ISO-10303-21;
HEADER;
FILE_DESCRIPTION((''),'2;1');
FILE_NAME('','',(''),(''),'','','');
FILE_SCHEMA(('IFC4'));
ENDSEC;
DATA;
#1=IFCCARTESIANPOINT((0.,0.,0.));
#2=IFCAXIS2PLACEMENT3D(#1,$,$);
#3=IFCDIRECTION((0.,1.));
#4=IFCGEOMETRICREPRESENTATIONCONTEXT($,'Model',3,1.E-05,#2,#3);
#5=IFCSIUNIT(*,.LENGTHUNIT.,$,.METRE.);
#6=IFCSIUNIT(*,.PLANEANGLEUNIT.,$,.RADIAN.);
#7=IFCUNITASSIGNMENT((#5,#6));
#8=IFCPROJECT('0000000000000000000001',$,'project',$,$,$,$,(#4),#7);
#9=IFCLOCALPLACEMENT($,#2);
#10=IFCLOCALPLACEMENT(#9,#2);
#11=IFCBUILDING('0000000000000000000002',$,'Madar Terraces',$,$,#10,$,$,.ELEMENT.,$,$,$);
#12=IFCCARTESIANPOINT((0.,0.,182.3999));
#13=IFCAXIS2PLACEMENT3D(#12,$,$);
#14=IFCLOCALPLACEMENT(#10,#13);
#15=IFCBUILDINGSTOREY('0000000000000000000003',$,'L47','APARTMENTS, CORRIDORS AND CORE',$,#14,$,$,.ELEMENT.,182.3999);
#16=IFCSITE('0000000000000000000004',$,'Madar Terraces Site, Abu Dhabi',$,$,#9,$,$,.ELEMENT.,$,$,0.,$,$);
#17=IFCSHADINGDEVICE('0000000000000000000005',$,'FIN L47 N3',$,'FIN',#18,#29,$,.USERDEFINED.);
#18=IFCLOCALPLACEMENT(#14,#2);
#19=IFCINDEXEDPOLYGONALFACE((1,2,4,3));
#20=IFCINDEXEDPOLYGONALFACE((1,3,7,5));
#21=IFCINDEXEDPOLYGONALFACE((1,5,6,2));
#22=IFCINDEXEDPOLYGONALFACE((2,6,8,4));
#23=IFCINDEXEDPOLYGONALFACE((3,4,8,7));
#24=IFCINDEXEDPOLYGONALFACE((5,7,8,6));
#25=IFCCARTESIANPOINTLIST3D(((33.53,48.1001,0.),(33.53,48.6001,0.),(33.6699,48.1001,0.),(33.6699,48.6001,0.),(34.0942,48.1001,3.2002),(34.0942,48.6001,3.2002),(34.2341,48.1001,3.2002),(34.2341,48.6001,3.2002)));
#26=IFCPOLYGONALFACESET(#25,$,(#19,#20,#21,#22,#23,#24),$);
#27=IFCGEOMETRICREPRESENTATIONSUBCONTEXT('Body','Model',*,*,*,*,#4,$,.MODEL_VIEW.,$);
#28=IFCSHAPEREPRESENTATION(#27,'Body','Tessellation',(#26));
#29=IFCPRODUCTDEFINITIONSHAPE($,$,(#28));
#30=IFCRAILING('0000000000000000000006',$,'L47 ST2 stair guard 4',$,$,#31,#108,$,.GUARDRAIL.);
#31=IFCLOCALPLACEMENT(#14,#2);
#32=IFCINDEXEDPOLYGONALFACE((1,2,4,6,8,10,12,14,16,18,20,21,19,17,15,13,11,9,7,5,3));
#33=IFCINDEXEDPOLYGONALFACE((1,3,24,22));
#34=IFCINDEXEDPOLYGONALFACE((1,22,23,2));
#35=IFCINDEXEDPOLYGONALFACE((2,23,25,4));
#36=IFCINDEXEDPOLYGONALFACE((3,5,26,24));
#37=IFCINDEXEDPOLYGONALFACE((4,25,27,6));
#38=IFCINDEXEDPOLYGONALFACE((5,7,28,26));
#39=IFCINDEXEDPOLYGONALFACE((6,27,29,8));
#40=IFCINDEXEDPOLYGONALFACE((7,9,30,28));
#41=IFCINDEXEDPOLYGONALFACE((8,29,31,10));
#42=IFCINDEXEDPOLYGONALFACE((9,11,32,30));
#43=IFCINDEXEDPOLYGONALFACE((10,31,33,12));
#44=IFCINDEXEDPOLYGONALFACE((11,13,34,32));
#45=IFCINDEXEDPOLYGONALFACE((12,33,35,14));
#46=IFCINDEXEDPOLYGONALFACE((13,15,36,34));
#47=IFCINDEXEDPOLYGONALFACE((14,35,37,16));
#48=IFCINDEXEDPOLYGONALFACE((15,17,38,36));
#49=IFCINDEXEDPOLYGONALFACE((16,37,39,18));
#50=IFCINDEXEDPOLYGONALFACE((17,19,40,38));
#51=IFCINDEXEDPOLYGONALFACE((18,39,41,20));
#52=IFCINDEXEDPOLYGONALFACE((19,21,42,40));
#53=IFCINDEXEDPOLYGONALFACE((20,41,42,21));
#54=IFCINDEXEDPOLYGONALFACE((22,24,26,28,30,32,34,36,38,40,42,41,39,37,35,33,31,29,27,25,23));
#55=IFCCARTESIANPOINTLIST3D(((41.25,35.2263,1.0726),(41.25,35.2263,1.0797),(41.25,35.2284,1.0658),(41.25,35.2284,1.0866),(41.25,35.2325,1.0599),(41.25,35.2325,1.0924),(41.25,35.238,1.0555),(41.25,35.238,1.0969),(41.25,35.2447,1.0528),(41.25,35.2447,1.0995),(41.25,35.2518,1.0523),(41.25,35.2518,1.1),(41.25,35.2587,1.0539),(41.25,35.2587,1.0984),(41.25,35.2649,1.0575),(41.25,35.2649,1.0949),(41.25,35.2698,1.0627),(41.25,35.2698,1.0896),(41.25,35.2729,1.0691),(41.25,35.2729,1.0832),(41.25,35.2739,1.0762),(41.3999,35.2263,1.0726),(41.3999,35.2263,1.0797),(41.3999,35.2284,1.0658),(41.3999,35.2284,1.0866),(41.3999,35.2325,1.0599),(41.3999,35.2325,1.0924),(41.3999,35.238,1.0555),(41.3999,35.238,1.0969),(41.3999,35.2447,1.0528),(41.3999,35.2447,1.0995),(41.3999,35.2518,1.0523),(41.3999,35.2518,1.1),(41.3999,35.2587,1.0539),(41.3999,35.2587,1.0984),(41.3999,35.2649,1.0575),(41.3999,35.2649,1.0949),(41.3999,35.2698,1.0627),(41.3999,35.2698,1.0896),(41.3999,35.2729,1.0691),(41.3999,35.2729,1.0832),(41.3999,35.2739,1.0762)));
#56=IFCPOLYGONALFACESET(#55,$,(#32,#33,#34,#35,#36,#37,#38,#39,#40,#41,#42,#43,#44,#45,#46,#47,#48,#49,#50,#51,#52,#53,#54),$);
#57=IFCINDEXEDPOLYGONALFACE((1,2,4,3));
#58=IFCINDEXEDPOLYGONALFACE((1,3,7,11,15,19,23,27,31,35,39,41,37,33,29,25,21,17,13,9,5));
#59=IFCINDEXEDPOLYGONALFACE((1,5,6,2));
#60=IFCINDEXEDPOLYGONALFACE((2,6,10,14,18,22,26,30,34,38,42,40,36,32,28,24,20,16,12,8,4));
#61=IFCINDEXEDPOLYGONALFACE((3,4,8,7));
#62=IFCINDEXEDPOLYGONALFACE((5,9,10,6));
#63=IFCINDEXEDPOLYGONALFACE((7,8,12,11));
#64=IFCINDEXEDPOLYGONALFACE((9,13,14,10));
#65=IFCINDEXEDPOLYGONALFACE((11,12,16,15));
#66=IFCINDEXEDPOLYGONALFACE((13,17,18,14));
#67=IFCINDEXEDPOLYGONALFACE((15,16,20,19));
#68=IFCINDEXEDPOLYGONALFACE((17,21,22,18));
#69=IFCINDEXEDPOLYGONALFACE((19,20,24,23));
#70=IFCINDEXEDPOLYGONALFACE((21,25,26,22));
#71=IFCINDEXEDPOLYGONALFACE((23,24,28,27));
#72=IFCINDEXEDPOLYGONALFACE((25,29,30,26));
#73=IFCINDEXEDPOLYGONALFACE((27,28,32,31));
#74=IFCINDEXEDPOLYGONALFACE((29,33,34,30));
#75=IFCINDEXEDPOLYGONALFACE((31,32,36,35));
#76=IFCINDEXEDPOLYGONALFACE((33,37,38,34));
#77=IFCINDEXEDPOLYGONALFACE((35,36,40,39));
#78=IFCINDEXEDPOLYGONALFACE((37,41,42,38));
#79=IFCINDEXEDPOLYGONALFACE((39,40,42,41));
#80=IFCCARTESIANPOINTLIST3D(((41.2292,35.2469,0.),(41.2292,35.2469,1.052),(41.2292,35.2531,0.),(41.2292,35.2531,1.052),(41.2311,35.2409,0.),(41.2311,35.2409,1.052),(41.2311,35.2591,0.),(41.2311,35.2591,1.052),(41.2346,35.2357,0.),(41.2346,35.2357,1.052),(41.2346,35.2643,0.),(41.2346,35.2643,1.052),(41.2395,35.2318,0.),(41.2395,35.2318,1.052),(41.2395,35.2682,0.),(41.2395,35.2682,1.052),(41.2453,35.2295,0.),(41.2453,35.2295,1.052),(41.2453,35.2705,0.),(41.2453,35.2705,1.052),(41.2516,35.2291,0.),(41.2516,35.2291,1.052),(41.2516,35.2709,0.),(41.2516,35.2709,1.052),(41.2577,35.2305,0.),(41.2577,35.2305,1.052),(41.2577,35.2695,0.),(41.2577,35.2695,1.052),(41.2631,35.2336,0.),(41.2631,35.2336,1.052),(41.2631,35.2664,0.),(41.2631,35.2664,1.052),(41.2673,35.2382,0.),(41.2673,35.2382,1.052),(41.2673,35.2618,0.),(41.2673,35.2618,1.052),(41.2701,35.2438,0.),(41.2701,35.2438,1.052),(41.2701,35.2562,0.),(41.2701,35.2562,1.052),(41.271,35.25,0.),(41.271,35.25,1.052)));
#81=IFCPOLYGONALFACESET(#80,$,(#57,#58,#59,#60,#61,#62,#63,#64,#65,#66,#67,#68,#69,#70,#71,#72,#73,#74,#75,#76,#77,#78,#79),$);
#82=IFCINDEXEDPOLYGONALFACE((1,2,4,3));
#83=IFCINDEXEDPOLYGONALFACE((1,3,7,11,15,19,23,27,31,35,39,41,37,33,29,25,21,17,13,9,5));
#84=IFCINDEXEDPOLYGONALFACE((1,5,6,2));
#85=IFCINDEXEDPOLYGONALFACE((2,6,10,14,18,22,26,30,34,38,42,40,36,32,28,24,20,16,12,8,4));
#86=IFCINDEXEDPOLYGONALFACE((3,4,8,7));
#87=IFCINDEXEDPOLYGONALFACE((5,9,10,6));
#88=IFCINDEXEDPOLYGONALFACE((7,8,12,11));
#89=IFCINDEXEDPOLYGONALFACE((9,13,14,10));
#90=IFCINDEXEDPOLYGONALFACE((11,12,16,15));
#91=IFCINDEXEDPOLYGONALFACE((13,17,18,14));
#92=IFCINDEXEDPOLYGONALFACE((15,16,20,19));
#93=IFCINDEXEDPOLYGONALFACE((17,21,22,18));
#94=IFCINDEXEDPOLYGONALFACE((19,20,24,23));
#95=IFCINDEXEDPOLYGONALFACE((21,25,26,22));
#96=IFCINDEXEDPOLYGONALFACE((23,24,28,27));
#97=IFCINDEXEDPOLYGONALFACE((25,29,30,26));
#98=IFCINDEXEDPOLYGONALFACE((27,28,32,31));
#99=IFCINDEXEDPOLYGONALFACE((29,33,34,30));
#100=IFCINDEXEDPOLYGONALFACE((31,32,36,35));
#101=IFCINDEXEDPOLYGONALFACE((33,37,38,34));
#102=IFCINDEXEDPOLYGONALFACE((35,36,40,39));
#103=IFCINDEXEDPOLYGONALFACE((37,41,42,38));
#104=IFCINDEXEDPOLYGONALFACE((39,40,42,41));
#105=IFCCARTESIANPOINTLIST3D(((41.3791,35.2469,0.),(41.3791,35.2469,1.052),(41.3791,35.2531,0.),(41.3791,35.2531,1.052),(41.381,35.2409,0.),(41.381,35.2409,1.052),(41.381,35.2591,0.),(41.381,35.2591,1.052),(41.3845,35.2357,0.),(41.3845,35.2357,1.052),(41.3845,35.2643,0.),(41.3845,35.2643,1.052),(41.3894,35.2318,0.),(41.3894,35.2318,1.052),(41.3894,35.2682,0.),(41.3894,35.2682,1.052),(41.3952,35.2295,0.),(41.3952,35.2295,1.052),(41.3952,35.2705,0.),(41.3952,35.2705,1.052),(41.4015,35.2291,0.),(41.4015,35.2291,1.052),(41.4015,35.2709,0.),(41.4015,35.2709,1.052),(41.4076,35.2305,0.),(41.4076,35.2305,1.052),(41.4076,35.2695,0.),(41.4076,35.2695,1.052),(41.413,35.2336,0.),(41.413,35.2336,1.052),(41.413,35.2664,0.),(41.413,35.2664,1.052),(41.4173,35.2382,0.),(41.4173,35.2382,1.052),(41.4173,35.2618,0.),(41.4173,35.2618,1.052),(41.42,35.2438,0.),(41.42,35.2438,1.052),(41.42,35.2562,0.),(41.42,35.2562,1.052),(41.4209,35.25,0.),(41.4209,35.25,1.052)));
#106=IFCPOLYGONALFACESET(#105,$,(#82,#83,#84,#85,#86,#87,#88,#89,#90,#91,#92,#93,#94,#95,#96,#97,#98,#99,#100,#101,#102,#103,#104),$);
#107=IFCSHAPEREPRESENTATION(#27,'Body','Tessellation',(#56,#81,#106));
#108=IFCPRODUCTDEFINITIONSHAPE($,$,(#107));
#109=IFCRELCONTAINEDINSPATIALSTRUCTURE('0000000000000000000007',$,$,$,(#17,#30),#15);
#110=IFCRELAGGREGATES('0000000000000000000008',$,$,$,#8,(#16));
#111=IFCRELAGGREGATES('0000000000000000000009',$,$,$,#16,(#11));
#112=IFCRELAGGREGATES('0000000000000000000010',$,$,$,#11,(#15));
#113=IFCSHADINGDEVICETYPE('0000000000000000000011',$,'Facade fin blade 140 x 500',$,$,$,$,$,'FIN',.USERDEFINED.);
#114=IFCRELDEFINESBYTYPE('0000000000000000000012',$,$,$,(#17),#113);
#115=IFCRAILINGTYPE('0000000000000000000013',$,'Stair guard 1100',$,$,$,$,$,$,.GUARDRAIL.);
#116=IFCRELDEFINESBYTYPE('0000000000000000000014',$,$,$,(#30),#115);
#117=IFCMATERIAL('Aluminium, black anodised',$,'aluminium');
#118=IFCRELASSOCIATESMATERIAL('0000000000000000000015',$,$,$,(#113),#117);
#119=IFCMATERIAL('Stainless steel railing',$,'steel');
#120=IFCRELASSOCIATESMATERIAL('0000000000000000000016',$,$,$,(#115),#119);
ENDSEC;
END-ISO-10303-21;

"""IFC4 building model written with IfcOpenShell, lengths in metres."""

from ifc_helpers import new_model, si_unit, direction, frame, origin, origin_2d, place, context, subcontext, project, spatial, polyline, circle, outline, extrude, material, type_object, element, save


model = new_model("IFC4")

# Units and contexts
model_context = context("Model", 3, precision=1e-05, world=origin(), true_north=direction((0.0, 1.0)))
body_context = subcontext(model_context, "Body", "Model", "MODEL_VIEW")
ifc_project = project(units=[si_unit("LENGTHUNIT", "METRE"), si_unit("PLANEANGLEUNIT", "RADIAN")], contexts=[model_context])

# Site, building, storey
site_placement = place(None, origin())
site = spatial("IfcSite", under=ifc_project, at=site_placement, Name="Madar Terraces Site, Abu Dhabi", CompositionType="ELEMENT", RefElevation=0.0)
building_placement = place(site_placement, origin())
building = spatial("IfcBuilding", under=site, at=building_placement, Name="Madar Terraces", CompositionType="ELEMENT")
storey_placement = place(building_placement, frame((0.0, 0.0, 182.3999)))
storey = spatial("IfcBuildingStorey", under=building, at=storey_placement, Name="L47", Description="APARTMENTS, CORRIDORS AND CORE", CompositionType="ELEMENT", Elevation=182.3999)

# Shading device
ifc_material_1 = material(Name="Aluminium, black anodised", Category="aluminium")
shading_device_type = type_object("IfcShadingDeviceType", Name="Facade fin blade 140 x 500", ElementType="FIN", PredefinedType="USERDEFINED", material=ifc_material_1)
shading_device_placement = place(storey_placement, frame((33.6699, 48.3501, 0.0), z_axis=(0.0, 0.0, 1.0), x_axis=(-1.0, 0.0, 0.0)))
element("IfcShadingDevice", 1, at=shading_device_placement, inside=storey, type_object=shading_device_type, Name="FIN L47 N3", ObjectType="FIN", PredefinedType="USERDEFINED", context=body_context, shape_type="SweptSolid", body=[
    extrude(outline(polyline([(0.0, 0.0), (0.1399, 0.0), (-0.4243, 3.2002), (-0.5642, 3.2002), (0.0, 0.0)])), frame((0.0, 0.25, 0.0), z_axis=(0.0, -1.0, 0.0), x_axis=(1.0, 0.0, 0.0)), (0.0, 0.0, 1.0), 0.5),
])

# Railing
ifc_material_2 = material(Name="Stainless steel railing", Category="steel")
railing_type = type_object("IfcRailingType", Name="Stair guard 1100", PredefinedType="GUARDRAIL", material=ifc_material_2)
railing_placement = place(storey_placement, frame((41.25, 35.25, 0.0)))
element("IfcRailing", 2, at=railing_placement, inside=storey, type_object=railing_type, Name="L47 ST2 stair guard 4", PredefinedType="GUARDRAIL", context=body_context, shape_type="SweptSolid", body=[
    extrude(circle(Radius=0.0239, at=origin_2d()), frame((0.0, 0.0, 1.0762), z_axis=(1.0, 0.0, 0.0), x_axis=(0.0, 1.0, 0.0)), (0.0, 0.0, 1.0), 0.1499),
    extrude(circle(Radius=0.021, at=origin_2d()), origin(), (0.0, 0.0, 1.0), 1.052),
    extrude(circle(Radius=0.021, at=origin_2d()), frame((0.1499, 0.0, 0.0)), (0.0, 0.0, 1.0), 1.052),
])

save(model, "model.ifc")
